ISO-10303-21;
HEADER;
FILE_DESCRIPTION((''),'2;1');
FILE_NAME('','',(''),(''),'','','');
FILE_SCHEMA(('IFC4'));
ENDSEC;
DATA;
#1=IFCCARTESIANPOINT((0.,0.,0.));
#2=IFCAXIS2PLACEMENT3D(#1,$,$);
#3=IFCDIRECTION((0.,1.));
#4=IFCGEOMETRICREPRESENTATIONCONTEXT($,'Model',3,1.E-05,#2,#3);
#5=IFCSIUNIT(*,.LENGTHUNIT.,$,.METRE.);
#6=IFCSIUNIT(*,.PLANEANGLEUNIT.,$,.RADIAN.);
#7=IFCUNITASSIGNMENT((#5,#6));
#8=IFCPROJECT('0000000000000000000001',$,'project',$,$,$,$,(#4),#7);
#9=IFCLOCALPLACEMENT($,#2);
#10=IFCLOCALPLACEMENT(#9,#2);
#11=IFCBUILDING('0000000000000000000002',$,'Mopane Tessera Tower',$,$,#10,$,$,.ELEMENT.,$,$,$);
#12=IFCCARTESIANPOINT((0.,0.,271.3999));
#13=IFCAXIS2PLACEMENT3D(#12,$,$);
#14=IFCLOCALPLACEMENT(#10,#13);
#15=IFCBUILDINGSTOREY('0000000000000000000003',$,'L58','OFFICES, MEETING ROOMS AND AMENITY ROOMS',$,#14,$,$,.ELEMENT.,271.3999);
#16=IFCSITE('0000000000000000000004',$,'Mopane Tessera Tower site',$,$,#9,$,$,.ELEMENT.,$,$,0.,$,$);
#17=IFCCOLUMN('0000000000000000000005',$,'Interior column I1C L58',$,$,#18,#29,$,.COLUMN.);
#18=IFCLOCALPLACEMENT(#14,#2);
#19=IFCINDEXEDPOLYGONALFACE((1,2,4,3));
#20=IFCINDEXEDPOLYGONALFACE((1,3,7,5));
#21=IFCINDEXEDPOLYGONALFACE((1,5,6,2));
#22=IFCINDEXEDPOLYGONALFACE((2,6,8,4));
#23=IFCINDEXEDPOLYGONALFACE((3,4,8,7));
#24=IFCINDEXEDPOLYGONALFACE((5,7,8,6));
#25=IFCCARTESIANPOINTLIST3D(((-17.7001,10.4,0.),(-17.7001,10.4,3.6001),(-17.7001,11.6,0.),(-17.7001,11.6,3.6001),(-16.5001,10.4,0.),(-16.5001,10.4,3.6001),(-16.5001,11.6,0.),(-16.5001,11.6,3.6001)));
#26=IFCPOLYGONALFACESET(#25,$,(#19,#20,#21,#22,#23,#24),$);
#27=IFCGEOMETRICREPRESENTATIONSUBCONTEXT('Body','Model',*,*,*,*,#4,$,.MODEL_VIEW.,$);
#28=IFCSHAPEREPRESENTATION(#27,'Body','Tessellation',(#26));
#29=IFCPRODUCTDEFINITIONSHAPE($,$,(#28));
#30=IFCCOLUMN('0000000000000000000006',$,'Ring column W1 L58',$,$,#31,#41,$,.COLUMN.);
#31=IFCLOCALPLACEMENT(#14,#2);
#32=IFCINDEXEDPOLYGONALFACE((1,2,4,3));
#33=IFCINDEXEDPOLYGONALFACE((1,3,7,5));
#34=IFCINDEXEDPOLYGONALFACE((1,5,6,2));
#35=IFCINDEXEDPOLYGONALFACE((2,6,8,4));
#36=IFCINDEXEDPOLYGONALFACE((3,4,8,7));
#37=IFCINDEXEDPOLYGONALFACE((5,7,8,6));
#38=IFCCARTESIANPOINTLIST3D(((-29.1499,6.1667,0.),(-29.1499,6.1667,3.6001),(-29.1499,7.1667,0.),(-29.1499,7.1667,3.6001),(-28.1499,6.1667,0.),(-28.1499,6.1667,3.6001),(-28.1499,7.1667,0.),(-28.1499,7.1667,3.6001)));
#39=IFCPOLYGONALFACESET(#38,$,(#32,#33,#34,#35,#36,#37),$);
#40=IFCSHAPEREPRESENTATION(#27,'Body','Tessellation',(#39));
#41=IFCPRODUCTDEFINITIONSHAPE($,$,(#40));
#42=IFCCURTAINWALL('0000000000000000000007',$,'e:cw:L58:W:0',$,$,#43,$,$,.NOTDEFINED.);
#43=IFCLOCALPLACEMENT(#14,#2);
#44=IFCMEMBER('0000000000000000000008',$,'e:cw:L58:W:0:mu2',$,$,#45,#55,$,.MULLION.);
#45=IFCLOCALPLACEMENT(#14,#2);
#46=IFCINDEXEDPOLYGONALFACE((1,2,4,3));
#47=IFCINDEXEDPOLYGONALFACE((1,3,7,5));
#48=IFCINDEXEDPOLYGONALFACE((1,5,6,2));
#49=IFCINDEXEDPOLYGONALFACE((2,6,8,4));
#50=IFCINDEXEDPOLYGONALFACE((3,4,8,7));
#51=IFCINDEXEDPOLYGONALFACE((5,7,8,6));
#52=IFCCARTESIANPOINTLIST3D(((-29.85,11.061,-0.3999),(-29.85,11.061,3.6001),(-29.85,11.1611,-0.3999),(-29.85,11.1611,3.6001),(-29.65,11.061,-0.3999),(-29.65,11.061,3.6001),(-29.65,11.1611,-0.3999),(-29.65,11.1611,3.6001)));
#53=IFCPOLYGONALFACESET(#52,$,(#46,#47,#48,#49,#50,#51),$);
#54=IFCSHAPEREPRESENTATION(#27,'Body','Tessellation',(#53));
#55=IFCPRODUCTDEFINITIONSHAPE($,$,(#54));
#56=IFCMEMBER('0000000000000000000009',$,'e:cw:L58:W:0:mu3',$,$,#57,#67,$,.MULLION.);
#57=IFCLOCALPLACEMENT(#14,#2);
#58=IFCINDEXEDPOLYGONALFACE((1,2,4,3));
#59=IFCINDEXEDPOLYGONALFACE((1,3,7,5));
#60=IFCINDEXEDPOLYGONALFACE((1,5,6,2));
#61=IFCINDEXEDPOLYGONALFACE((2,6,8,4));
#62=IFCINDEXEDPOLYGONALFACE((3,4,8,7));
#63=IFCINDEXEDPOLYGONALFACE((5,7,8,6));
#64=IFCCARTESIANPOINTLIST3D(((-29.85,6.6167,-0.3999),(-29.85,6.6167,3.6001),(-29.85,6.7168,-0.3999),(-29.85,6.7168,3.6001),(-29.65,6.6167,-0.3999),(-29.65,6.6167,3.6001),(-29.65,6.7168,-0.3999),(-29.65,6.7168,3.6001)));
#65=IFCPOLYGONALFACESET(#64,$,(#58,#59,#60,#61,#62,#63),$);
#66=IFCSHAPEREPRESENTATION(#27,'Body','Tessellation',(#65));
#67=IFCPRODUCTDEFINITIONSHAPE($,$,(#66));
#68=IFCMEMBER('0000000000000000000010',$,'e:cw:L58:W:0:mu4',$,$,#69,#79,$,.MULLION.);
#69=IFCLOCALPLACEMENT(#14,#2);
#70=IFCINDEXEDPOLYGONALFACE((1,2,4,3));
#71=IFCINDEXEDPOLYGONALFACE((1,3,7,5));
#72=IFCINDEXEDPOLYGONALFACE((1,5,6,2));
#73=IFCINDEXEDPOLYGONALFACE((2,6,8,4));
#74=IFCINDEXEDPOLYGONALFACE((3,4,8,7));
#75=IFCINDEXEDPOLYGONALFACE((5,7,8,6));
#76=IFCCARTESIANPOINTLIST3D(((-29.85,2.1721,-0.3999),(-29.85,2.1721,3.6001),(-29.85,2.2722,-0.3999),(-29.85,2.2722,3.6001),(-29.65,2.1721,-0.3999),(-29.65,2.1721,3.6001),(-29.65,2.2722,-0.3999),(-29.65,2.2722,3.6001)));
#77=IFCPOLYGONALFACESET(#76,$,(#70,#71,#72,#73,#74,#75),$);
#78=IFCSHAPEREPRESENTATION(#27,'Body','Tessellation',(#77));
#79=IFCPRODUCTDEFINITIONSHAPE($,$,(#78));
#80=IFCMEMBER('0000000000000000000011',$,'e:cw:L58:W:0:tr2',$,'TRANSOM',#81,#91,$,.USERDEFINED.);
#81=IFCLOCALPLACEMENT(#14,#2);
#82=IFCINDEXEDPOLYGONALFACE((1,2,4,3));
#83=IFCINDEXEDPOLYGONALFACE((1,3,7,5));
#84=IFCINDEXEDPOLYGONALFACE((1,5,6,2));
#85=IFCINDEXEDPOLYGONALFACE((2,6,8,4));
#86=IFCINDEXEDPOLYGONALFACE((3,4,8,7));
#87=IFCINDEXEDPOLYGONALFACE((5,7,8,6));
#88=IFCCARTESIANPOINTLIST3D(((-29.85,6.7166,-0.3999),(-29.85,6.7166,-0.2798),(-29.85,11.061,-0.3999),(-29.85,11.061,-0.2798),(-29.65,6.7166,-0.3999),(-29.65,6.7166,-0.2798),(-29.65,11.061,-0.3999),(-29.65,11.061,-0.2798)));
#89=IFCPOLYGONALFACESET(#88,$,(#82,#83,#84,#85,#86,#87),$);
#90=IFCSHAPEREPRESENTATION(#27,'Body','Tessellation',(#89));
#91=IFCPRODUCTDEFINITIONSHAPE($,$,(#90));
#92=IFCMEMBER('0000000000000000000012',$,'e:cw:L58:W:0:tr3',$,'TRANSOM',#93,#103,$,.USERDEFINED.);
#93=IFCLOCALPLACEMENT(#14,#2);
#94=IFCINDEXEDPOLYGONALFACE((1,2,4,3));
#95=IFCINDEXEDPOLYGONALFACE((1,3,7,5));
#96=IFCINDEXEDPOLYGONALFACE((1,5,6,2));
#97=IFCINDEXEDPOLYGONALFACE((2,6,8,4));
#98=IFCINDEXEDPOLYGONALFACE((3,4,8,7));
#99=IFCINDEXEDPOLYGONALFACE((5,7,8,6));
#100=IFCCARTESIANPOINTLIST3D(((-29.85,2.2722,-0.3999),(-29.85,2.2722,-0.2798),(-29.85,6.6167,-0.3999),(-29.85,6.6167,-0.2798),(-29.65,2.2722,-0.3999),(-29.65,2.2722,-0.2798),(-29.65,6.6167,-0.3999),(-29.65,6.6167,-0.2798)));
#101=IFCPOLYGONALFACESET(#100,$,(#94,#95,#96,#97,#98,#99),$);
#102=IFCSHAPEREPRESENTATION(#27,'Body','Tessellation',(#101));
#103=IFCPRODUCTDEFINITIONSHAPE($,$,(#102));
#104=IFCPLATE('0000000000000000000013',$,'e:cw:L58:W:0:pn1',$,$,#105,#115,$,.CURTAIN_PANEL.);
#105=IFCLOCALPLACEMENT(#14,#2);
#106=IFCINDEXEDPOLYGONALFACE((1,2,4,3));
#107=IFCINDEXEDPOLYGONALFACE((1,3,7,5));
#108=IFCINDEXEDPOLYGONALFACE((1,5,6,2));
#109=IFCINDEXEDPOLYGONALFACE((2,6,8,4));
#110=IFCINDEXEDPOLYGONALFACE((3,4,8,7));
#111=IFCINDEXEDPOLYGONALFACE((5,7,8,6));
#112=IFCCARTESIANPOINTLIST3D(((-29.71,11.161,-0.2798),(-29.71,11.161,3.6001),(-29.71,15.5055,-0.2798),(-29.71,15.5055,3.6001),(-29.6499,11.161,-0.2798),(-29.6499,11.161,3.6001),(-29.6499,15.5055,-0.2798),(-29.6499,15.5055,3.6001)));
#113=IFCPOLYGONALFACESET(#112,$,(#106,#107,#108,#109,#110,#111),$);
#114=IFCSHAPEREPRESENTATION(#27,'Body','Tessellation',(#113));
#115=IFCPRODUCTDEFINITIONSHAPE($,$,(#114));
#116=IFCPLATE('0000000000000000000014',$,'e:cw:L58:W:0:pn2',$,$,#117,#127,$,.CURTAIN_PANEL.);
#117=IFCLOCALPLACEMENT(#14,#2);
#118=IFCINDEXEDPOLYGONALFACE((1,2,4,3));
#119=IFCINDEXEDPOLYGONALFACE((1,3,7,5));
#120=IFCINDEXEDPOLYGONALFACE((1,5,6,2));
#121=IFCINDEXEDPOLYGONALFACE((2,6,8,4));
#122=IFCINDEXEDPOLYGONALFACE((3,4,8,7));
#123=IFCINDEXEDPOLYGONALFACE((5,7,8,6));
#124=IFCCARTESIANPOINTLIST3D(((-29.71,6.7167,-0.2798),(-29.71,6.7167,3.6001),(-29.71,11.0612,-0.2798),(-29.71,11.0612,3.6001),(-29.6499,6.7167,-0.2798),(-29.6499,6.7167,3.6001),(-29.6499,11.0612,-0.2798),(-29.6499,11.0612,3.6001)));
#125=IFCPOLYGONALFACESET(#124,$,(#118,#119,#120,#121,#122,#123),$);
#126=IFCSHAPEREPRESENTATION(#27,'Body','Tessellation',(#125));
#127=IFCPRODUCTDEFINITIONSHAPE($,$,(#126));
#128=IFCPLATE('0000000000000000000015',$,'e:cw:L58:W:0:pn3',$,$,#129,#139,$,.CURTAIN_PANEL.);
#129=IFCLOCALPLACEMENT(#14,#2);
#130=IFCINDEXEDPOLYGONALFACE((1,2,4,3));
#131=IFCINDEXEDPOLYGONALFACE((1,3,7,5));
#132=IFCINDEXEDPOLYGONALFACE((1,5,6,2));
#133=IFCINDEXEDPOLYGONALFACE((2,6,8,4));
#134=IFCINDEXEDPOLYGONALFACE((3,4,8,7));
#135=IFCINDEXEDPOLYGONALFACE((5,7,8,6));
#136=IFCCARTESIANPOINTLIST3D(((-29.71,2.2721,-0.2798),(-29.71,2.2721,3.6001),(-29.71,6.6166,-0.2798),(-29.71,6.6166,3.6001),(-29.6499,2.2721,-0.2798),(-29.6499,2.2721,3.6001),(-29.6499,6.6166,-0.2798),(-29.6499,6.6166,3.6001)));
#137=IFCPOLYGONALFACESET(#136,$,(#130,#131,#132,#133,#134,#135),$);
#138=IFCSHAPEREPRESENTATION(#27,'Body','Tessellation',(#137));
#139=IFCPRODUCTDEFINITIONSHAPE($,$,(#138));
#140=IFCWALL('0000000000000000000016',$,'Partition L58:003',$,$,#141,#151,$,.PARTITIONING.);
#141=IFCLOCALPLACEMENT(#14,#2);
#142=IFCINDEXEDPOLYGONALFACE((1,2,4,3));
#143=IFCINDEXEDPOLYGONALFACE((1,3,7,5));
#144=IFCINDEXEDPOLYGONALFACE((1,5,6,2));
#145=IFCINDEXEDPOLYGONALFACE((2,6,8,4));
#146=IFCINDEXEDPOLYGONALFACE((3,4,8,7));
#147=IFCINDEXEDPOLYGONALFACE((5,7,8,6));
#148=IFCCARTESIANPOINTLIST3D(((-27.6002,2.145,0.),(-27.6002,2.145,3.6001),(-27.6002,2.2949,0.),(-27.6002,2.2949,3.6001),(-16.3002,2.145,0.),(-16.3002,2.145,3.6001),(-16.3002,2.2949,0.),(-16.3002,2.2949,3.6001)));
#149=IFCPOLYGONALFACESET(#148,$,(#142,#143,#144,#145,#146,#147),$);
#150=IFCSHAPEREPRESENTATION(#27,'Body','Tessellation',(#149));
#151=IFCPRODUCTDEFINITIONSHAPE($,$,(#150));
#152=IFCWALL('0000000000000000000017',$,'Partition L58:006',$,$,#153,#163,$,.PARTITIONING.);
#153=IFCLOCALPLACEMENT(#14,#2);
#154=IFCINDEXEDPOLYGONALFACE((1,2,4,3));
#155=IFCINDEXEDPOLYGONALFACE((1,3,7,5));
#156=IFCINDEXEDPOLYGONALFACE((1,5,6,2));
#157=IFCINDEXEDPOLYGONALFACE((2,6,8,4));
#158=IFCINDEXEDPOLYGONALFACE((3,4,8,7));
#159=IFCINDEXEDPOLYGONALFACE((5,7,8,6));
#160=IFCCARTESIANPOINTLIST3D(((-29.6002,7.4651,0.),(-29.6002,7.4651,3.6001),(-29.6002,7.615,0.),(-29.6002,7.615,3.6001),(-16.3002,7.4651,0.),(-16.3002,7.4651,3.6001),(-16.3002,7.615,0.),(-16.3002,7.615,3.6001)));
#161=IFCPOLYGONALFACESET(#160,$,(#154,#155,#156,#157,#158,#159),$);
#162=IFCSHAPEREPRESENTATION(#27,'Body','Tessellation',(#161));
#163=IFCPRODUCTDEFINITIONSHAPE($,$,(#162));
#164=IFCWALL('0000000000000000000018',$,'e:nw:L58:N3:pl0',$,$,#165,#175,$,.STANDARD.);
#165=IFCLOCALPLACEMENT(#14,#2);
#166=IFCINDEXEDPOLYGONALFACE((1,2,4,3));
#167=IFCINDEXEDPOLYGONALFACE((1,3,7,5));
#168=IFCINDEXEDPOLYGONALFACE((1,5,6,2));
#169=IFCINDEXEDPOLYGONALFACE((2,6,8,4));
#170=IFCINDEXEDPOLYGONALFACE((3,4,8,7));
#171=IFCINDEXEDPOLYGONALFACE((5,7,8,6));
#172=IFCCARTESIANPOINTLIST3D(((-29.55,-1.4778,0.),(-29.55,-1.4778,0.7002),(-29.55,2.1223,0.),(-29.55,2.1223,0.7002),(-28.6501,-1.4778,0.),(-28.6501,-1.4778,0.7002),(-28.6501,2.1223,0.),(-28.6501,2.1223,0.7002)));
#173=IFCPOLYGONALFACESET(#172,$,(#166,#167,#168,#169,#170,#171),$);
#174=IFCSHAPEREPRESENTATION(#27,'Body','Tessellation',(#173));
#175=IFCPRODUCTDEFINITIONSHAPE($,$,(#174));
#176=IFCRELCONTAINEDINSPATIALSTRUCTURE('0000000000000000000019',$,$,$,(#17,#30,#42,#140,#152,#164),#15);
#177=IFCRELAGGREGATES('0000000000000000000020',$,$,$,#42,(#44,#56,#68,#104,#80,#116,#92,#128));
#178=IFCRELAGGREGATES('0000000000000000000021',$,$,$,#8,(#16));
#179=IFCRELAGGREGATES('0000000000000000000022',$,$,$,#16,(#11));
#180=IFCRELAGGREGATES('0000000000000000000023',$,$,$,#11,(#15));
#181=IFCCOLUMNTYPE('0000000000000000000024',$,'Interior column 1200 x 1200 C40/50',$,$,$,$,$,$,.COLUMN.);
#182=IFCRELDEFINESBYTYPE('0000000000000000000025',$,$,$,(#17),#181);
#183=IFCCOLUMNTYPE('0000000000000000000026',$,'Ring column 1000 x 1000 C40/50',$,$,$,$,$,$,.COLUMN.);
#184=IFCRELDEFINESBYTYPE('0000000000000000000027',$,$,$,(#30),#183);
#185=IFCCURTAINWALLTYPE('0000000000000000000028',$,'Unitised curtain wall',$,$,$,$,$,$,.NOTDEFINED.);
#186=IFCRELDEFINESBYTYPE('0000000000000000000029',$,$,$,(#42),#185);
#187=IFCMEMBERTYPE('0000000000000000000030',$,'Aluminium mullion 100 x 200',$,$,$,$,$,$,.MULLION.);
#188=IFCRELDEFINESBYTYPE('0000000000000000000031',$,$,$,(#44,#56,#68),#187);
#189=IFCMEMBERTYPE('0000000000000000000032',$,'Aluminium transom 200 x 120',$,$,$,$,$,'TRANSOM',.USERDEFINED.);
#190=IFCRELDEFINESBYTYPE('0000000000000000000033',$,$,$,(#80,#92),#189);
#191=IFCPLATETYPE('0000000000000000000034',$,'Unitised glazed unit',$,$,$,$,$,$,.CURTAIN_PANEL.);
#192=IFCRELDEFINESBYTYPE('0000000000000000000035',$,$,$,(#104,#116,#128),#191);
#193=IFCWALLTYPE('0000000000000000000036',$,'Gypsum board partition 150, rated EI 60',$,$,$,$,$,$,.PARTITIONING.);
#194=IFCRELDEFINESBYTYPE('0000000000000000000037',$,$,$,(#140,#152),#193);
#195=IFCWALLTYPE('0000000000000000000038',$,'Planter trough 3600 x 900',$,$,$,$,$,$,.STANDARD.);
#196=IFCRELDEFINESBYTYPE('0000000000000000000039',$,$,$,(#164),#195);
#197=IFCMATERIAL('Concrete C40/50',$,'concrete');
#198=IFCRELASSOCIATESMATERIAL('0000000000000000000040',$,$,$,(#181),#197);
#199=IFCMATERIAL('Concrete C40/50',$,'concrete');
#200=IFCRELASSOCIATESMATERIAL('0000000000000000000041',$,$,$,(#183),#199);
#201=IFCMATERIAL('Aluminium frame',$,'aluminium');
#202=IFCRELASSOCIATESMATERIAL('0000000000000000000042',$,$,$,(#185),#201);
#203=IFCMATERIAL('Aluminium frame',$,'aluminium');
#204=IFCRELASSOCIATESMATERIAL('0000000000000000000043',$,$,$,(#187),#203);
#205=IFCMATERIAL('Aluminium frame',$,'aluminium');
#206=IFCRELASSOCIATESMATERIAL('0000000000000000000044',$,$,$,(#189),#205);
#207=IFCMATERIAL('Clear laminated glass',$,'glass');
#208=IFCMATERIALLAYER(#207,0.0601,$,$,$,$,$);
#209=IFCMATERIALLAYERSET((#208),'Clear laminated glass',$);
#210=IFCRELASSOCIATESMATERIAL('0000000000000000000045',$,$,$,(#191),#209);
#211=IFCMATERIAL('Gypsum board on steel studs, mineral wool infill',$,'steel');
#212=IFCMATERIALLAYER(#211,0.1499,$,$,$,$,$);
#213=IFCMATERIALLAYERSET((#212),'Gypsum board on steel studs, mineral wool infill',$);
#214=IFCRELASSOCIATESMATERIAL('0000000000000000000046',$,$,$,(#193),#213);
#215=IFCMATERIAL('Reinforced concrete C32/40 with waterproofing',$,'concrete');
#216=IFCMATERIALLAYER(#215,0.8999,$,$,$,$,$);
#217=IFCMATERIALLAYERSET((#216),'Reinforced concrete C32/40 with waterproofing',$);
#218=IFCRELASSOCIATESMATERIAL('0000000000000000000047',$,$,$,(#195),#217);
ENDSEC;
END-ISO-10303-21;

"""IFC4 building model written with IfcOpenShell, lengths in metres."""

from ifc_helpers import new_model, si_unit, direction, frame, frame_2d, origin, origin_2d, place, context, subcontext, project, spatial, rectangle, extrude, material, layer, layer_set, material_profile, profile_set, type_object, element, aggregate, save


model = new_model("IFC4")

# Units and contexts
model_context = context("Model", 3, precision=1e-05, world=origin(), true_north=direction((0.0, 1.0)))
body_context = subcontext(model_context, "Body", "Model", "MODEL_VIEW")
ifc_project = project(units=[si_unit("LENGTHUNIT", "METRE"), si_unit("PLANEANGLEUNIT", "RADIAN")], contexts=[model_context])

# Site, building, storey
site_placement = place(None, origin())
site = spatial("IfcSite", under=ifc_project, at=site_placement, Name="Mopane Tessera Tower site", CompositionType="ELEMENT", RefElevation=0.0)
building_placement = place(site_placement, origin())
building = spatial("IfcBuilding", under=site, at=building_placement, Name="Mopane Tessera Tower", CompositionType="ELEMENT")
storey_placement = place(building_placement, frame((0.0, 0.0, 271.3999)))
storey = spatial("IfcBuildingStorey", under=building, at=storey_placement, Name="L58", Description="OFFICES, MEETING ROOMS AND AMENITY ROOMS", CompositionType="ELEMENT", Elevation=271.3999)

# Columns
ifc_material_1 = material(Name="Concrete C40/50", Category="concrete")
ifc_material_profile_1 = material_profile(ifc_material_1, rectangle(XDim=1.2, YDim=1.2, at=origin_2d()))
ifc_profile_set_1 = profile_set([ifc_material_profile_1], Name="Concrete C40/50")
column_type_1 = type_object("IfcColumnType", Name="Interior column 1200 x 1200 C40/50", PredefinedType="COLUMN", material=ifc_profile_set_1)
column_1_placement = place(storey_placement, frame((-17.1001, 11.0, 0.0), z_axis=(0.0, 0.0, 1.0), x_axis=(1.0, 0.0, 0.0)))
element("IfcColumn", 1, at=column_1_placement, inside=storey, type_object=column_type_1, Name="Interior column I1C L58", PredefinedType="COLUMN", context=body_context, shape_type="SweptSolid", body=[
    extrude(rectangle(XDim=1.2, YDim=1.2, at=origin_2d()), origin(), (0.0, 0.0, 1.0), 3.6001),
])
ifc_material_2 = material(Name="Concrete C40/50", Category="concrete")
ifc_material_profile_2 = material_profile(ifc_material_2, rectangle(XDim=1.0, YDim=1.0, at=origin_2d()))
ifc_profile_set_2 = profile_set([ifc_material_profile_2], Name="Concrete C40/50")
column_type_2 = type_object("IfcColumnType", Name="Ring column 1000 x 1000 C40/50", PredefinedType="COLUMN", material=ifc_profile_set_2)
column_2_placement = place(storey_placement, frame((-28.6499, 6.6667, 0.0), z_axis=(0.0, 0.0, 1.0), x_axis=(1.0, 0.0, 0.0)))
element("IfcColumn", 2, at=column_2_placement, inside=storey, type_object=column_type_2, Name="Ring column W1 L58", PredefinedType="COLUMN", context=body_context, shape_type="SweptSolid", body=[
    extrude(rectangle(XDim=1.0, YDim=1.0, at=origin_2d()), origin(), (0.0, 0.0, 1.0), 3.6001),
])

# Curtain wall, members, plates
ifc_material_3 = material(Name="Aluminium frame", Category="aluminium")
curtain_wall_type = type_object("IfcCurtainWallType", Name="Unitised curtain wall", PredefinedType="NOTDEFINED", material=ifc_material_3)
curtain_wall_placement = place(storey_placement, origin())
curtain_wall = element("IfcCurtainWall", 3, at=curtain_wall_placement, inside=storey, type_object=curtain_wall_type, Name="e:cw:L58:W:0", PredefinedType="NOTDEFINED")
ifc_material_4 = material(Name="Aluminium frame", Category="aluminium")
ifc_material_profile_3 = material_profile(ifc_material_4, rectangle(XDim=0.1001, YDim=0.2, at=origin_2d()))
ifc_profile_set_3 = profile_set([ifc_material_profile_3], Name="Aluminium frame")
member_type_1 = type_object("IfcMemberType", Name="Aluminium mullion 100 x 200", PredefinedType="MULLION", material=ifc_profile_set_3)
member_1_placement = place(storey_placement, frame((-29.75, 11.1111, -0.3999), z_axis=(0.0, 0.0, 1.0), x_axis=(0.0, -1.0, 0.0)))
member_1 = element("IfcMember", 4, at=member_1_placement, type_object=member_type_1, Name="e:cw:L58:W:0:mu2", PredefinedType="MULLION", context=body_context, shape_type="SweptSolid", body=[
    extrude(rectangle(XDim=0.1001, YDim=0.2, at=origin_2d()), origin(), (0.0, 0.0, 1.0), 4.0),
])
member_2_placement = place(storey_placement, frame((-29.75, 6.6667, -0.3999), z_axis=(0.0, 0.0, 1.0), x_axis=(0.0, -1.0, 0.0)))
member_2 = element("IfcMember", 5, at=member_2_placement, type_object=member_type_1, Name="e:cw:L58:W:0:mu3", PredefinedType="MULLION", context=body_context, shape_type="SweptSolid", body=[
    extrude(rectangle(XDim=0.1001, YDim=0.2, at=origin_2d()), origin(), (0.0, 0.0, 1.0), 4.0),
])
member_3_placement = place(storey_placement, frame((-29.75, 2.2222, -0.3999), z_axis=(0.0, 0.0, 1.0), x_axis=(0.0, -1.0, 0.0)))
member_3 = element("IfcMember", 6, at=member_3_placement, type_object=member_type_1, Name="e:cw:L58:W:0:mu4", PredefinedType="MULLION", context=body_context, shape_type="SweptSolid", body=[
    extrude(rectangle(XDim=0.1001, YDim=0.2, at=origin_2d()), origin(), (0.0, 0.0, 1.0), 4.0),
])
ifc_material_5 = material(Name="Aluminium frame", Category="aluminium")
ifc_material_profile_4 = material_profile(ifc_material_5, rectangle(XDim=0.2, YDim=0.1201, at=origin_2d()))
ifc_profile_set_4 = profile_set([ifc_material_profile_4], Name="Aluminium frame")
member_type_2 = type_object("IfcMemberType", Name="Aluminium transom 200 x 120", ElementType="TRANSOM", PredefinedType="USERDEFINED", material=ifc_profile_set_4)
member_4_placement = place(storey_placement, frame((-29.75, 11.061, -0.3398), z_axis=(0.0, -1.0, 0.0), x_axis=(1.0, 0.0, 0.0)))
member_4 = element("IfcMember", 7, at=member_4_placement, type_object=member_type_2, Name="e:cw:L58:W:0:tr2", ObjectType="TRANSOM", PredefinedType="USERDEFINED", context=body_context, shape_type="SweptSolid", body=[
    extrude(rectangle(XDim=0.2, YDim=0.1201, at=origin_2d()), origin(), (0.0, 0.0, 1.0), 4.3445),
])
member_5_placement = place(storey_placement, frame((-29.75, 6.6167, -0.3398), z_axis=(0.0, -1.0, 0.0), x_axis=(1.0, 0.0, 0.0)))
member_5 = element("IfcMember", 8, at=member_5_placement, type_object=member_type_2, Name="e:cw:L58:W:0:tr3", ObjectType="TRANSOM", PredefinedType="USERDEFINED", context=body_context, shape_type="SweptSolid", body=[
    extrude(rectangle(XDim=0.2, YDim=0.1201, at=origin_2d()), origin(), (0.0, 0.0, 1.0), 4.3445),
])
ifc_material_6 = material(Name="Clear laminated glass", Category="glass")
ifc_layer_1 = layer(ifc_material_6, 0.0601)
ifc_layer_set_1 = layer_set([ifc_layer_1], Name="Clear laminated glass")
plate_type = type_object("IfcPlateType", Name="Unitised glazed unit", PredefinedType="CURTAIN_PANEL", material=ifc_layer_set_1)
plate_1_placement = place(storey_placement, frame((-29.6799, 13.3333, -0.2798), z_axis=(0.0, 0.0, 1.0), x_axis=(0.0, -1.0, 0.0)))
plate_1 = element("IfcPlate", 9, at=plate_1_placement, type_object=plate_type, Name="e:cw:L58:W:0:pn1", PredefinedType="CURTAIN_PANEL", context=body_context, shape_type="SweptSolid", body=[
    extrude(rectangle(XDim=4.3445, YDim=0.0601, at=origin_2d()), origin(), (0.0, 0.0, 1.0), 3.8799),
])
plate_2_placement = place(storey_placement, frame((-29.6799, 8.8889, -0.2798), z_axis=(0.0, 0.0, 1.0), x_axis=(0.0, -1.0, 0.0)))
plate_2 = element("IfcPlate", 10, at=plate_2_placement, type_object=plate_type, Name="e:cw:L58:W:0:pn2", PredefinedType="CURTAIN_PANEL", context=body_context, shape_type="SweptSolid", body=[
    extrude(rectangle(XDim=4.3445, YDim=0.0601, at=origin_2d()), origin(), (0.0, 0.0, 1.0), 3.8799),
])
plate_3_placement = place(storey_placement, frame((-29.6799, 4.4443, -0.2798), z_axis=(0.0, 0.0, 1.0), x_axis=(0.0, -1.0, 0.0)))
plate_3 = element("IfcPlate", 11, at=plate_3_placement, type_object=plate_type, Name="e:cw:L58:W:0:pn3", PredefinedType="CURTAIN_PANEL", context=body_context, shape_type="SweptSolid", body=[
    extrude(rectangle(XDim=4.3445, YDim=0.0601, at=origin_2d()), origin(), (0.0, 0.0, 1.0), 3.8799),
])
aggregate(curtain_wall, [member_1, member_2, member_3, plate_1, member_4, plate_2, member_5, plate_3])

# Walls
ifc_material_7 = material(Name="Gypsum board on steel studs, mineral wool infill", Category="steel")
ifc_layer_2 = layer(ifc_material_7, 0.1499)
ifc_layer_set_2 = layer_set([ifc_layer_2], Name="Gypsum board on steel studs, mineral wool infill")
wall_type_1 = type_object("IfcWallType", Name="Gypsum board partition 150, rated EI 60", PredefinedType="PARTITIONING", material=ifc_layer_set_2)
wall_1_placement = place(storey_placement, frame((-27.6001, 2.22, 0.0), z_axis=(0.0, 0.0, 1.0), x_axis=(1.0, 0.0, 0.0)))
element("IfcWall", 12, at=wall_1_placement, inside=storey, type_object=wall_type_1, Name="Partition L58:003", PredefinedType="PARTITIONING", context=body_context, shape_type="SweptSolid", body=[
    extrude(rectangle(XDim=11.3, YDim=0.1499, at=frame_2d((5.6499, 0.0))), origin(), (0.0, 0.0, 1.0), 3.6001),
])
wall_2_placement = place(storey_placement, frame((-29.6001, 7.54, 0.0), z_axis=(0.0, 0.0, 1.0), x_axis=(1.0, 0.0, 0.0)))
element("IfcWall", 13, at=wall_2_placement, inside=storey, type_object=wall_type_1, Name="Partition L58:006", PredefinedType="PARTITIONING", context=body_context, shape_type="SweptSolid", body=[
    extrude(rectangle(XDim=13.3, YDim=0.1499, at=frame_2d((6.6499, 0.0))), origin(), (0.0, 0.0, 1.0), 3.6001),
])
ifc_material_8 = material(Name="Reinforced concrete C32/40 with waterproofing", Category="concrete")
ifc_layer_3 = layer(ifc_material_8, 0.8999)
ifc_layer_set_3 = layer_set([ifc_layer_3], Name="Reinforced concrete C32/40 with waterproofing")
wall_type_2 = type_object("IfcWallType", Name="Planter trough 3600 x 900", PredefinedType="STANDARD", material=ifc_layer_set_3)
wall_3_placement = place(storey_placement, frame((-29.1001, 2.1223, 0.0), z_axis=(0.0, 0.0, 1.0), x_axis=(0.0, -1.0, 0.0)))
element("IfcWall", 14, at=wall_3_placement, inside=storey, type_object=wall_type_2, Name="e:nw:L58:N3:pl0", PredefinedType="STANDARD", context=body_context, shape_type="SweptSolid", body=[
    extrude(rectangle(XDim=3.6001, YDim=0.8999, at=frame_2d((1.8, 0.0))), origin(), (0.0, 0.0, 1.0), 0.7002),
])

save(model, "model.ifc")
